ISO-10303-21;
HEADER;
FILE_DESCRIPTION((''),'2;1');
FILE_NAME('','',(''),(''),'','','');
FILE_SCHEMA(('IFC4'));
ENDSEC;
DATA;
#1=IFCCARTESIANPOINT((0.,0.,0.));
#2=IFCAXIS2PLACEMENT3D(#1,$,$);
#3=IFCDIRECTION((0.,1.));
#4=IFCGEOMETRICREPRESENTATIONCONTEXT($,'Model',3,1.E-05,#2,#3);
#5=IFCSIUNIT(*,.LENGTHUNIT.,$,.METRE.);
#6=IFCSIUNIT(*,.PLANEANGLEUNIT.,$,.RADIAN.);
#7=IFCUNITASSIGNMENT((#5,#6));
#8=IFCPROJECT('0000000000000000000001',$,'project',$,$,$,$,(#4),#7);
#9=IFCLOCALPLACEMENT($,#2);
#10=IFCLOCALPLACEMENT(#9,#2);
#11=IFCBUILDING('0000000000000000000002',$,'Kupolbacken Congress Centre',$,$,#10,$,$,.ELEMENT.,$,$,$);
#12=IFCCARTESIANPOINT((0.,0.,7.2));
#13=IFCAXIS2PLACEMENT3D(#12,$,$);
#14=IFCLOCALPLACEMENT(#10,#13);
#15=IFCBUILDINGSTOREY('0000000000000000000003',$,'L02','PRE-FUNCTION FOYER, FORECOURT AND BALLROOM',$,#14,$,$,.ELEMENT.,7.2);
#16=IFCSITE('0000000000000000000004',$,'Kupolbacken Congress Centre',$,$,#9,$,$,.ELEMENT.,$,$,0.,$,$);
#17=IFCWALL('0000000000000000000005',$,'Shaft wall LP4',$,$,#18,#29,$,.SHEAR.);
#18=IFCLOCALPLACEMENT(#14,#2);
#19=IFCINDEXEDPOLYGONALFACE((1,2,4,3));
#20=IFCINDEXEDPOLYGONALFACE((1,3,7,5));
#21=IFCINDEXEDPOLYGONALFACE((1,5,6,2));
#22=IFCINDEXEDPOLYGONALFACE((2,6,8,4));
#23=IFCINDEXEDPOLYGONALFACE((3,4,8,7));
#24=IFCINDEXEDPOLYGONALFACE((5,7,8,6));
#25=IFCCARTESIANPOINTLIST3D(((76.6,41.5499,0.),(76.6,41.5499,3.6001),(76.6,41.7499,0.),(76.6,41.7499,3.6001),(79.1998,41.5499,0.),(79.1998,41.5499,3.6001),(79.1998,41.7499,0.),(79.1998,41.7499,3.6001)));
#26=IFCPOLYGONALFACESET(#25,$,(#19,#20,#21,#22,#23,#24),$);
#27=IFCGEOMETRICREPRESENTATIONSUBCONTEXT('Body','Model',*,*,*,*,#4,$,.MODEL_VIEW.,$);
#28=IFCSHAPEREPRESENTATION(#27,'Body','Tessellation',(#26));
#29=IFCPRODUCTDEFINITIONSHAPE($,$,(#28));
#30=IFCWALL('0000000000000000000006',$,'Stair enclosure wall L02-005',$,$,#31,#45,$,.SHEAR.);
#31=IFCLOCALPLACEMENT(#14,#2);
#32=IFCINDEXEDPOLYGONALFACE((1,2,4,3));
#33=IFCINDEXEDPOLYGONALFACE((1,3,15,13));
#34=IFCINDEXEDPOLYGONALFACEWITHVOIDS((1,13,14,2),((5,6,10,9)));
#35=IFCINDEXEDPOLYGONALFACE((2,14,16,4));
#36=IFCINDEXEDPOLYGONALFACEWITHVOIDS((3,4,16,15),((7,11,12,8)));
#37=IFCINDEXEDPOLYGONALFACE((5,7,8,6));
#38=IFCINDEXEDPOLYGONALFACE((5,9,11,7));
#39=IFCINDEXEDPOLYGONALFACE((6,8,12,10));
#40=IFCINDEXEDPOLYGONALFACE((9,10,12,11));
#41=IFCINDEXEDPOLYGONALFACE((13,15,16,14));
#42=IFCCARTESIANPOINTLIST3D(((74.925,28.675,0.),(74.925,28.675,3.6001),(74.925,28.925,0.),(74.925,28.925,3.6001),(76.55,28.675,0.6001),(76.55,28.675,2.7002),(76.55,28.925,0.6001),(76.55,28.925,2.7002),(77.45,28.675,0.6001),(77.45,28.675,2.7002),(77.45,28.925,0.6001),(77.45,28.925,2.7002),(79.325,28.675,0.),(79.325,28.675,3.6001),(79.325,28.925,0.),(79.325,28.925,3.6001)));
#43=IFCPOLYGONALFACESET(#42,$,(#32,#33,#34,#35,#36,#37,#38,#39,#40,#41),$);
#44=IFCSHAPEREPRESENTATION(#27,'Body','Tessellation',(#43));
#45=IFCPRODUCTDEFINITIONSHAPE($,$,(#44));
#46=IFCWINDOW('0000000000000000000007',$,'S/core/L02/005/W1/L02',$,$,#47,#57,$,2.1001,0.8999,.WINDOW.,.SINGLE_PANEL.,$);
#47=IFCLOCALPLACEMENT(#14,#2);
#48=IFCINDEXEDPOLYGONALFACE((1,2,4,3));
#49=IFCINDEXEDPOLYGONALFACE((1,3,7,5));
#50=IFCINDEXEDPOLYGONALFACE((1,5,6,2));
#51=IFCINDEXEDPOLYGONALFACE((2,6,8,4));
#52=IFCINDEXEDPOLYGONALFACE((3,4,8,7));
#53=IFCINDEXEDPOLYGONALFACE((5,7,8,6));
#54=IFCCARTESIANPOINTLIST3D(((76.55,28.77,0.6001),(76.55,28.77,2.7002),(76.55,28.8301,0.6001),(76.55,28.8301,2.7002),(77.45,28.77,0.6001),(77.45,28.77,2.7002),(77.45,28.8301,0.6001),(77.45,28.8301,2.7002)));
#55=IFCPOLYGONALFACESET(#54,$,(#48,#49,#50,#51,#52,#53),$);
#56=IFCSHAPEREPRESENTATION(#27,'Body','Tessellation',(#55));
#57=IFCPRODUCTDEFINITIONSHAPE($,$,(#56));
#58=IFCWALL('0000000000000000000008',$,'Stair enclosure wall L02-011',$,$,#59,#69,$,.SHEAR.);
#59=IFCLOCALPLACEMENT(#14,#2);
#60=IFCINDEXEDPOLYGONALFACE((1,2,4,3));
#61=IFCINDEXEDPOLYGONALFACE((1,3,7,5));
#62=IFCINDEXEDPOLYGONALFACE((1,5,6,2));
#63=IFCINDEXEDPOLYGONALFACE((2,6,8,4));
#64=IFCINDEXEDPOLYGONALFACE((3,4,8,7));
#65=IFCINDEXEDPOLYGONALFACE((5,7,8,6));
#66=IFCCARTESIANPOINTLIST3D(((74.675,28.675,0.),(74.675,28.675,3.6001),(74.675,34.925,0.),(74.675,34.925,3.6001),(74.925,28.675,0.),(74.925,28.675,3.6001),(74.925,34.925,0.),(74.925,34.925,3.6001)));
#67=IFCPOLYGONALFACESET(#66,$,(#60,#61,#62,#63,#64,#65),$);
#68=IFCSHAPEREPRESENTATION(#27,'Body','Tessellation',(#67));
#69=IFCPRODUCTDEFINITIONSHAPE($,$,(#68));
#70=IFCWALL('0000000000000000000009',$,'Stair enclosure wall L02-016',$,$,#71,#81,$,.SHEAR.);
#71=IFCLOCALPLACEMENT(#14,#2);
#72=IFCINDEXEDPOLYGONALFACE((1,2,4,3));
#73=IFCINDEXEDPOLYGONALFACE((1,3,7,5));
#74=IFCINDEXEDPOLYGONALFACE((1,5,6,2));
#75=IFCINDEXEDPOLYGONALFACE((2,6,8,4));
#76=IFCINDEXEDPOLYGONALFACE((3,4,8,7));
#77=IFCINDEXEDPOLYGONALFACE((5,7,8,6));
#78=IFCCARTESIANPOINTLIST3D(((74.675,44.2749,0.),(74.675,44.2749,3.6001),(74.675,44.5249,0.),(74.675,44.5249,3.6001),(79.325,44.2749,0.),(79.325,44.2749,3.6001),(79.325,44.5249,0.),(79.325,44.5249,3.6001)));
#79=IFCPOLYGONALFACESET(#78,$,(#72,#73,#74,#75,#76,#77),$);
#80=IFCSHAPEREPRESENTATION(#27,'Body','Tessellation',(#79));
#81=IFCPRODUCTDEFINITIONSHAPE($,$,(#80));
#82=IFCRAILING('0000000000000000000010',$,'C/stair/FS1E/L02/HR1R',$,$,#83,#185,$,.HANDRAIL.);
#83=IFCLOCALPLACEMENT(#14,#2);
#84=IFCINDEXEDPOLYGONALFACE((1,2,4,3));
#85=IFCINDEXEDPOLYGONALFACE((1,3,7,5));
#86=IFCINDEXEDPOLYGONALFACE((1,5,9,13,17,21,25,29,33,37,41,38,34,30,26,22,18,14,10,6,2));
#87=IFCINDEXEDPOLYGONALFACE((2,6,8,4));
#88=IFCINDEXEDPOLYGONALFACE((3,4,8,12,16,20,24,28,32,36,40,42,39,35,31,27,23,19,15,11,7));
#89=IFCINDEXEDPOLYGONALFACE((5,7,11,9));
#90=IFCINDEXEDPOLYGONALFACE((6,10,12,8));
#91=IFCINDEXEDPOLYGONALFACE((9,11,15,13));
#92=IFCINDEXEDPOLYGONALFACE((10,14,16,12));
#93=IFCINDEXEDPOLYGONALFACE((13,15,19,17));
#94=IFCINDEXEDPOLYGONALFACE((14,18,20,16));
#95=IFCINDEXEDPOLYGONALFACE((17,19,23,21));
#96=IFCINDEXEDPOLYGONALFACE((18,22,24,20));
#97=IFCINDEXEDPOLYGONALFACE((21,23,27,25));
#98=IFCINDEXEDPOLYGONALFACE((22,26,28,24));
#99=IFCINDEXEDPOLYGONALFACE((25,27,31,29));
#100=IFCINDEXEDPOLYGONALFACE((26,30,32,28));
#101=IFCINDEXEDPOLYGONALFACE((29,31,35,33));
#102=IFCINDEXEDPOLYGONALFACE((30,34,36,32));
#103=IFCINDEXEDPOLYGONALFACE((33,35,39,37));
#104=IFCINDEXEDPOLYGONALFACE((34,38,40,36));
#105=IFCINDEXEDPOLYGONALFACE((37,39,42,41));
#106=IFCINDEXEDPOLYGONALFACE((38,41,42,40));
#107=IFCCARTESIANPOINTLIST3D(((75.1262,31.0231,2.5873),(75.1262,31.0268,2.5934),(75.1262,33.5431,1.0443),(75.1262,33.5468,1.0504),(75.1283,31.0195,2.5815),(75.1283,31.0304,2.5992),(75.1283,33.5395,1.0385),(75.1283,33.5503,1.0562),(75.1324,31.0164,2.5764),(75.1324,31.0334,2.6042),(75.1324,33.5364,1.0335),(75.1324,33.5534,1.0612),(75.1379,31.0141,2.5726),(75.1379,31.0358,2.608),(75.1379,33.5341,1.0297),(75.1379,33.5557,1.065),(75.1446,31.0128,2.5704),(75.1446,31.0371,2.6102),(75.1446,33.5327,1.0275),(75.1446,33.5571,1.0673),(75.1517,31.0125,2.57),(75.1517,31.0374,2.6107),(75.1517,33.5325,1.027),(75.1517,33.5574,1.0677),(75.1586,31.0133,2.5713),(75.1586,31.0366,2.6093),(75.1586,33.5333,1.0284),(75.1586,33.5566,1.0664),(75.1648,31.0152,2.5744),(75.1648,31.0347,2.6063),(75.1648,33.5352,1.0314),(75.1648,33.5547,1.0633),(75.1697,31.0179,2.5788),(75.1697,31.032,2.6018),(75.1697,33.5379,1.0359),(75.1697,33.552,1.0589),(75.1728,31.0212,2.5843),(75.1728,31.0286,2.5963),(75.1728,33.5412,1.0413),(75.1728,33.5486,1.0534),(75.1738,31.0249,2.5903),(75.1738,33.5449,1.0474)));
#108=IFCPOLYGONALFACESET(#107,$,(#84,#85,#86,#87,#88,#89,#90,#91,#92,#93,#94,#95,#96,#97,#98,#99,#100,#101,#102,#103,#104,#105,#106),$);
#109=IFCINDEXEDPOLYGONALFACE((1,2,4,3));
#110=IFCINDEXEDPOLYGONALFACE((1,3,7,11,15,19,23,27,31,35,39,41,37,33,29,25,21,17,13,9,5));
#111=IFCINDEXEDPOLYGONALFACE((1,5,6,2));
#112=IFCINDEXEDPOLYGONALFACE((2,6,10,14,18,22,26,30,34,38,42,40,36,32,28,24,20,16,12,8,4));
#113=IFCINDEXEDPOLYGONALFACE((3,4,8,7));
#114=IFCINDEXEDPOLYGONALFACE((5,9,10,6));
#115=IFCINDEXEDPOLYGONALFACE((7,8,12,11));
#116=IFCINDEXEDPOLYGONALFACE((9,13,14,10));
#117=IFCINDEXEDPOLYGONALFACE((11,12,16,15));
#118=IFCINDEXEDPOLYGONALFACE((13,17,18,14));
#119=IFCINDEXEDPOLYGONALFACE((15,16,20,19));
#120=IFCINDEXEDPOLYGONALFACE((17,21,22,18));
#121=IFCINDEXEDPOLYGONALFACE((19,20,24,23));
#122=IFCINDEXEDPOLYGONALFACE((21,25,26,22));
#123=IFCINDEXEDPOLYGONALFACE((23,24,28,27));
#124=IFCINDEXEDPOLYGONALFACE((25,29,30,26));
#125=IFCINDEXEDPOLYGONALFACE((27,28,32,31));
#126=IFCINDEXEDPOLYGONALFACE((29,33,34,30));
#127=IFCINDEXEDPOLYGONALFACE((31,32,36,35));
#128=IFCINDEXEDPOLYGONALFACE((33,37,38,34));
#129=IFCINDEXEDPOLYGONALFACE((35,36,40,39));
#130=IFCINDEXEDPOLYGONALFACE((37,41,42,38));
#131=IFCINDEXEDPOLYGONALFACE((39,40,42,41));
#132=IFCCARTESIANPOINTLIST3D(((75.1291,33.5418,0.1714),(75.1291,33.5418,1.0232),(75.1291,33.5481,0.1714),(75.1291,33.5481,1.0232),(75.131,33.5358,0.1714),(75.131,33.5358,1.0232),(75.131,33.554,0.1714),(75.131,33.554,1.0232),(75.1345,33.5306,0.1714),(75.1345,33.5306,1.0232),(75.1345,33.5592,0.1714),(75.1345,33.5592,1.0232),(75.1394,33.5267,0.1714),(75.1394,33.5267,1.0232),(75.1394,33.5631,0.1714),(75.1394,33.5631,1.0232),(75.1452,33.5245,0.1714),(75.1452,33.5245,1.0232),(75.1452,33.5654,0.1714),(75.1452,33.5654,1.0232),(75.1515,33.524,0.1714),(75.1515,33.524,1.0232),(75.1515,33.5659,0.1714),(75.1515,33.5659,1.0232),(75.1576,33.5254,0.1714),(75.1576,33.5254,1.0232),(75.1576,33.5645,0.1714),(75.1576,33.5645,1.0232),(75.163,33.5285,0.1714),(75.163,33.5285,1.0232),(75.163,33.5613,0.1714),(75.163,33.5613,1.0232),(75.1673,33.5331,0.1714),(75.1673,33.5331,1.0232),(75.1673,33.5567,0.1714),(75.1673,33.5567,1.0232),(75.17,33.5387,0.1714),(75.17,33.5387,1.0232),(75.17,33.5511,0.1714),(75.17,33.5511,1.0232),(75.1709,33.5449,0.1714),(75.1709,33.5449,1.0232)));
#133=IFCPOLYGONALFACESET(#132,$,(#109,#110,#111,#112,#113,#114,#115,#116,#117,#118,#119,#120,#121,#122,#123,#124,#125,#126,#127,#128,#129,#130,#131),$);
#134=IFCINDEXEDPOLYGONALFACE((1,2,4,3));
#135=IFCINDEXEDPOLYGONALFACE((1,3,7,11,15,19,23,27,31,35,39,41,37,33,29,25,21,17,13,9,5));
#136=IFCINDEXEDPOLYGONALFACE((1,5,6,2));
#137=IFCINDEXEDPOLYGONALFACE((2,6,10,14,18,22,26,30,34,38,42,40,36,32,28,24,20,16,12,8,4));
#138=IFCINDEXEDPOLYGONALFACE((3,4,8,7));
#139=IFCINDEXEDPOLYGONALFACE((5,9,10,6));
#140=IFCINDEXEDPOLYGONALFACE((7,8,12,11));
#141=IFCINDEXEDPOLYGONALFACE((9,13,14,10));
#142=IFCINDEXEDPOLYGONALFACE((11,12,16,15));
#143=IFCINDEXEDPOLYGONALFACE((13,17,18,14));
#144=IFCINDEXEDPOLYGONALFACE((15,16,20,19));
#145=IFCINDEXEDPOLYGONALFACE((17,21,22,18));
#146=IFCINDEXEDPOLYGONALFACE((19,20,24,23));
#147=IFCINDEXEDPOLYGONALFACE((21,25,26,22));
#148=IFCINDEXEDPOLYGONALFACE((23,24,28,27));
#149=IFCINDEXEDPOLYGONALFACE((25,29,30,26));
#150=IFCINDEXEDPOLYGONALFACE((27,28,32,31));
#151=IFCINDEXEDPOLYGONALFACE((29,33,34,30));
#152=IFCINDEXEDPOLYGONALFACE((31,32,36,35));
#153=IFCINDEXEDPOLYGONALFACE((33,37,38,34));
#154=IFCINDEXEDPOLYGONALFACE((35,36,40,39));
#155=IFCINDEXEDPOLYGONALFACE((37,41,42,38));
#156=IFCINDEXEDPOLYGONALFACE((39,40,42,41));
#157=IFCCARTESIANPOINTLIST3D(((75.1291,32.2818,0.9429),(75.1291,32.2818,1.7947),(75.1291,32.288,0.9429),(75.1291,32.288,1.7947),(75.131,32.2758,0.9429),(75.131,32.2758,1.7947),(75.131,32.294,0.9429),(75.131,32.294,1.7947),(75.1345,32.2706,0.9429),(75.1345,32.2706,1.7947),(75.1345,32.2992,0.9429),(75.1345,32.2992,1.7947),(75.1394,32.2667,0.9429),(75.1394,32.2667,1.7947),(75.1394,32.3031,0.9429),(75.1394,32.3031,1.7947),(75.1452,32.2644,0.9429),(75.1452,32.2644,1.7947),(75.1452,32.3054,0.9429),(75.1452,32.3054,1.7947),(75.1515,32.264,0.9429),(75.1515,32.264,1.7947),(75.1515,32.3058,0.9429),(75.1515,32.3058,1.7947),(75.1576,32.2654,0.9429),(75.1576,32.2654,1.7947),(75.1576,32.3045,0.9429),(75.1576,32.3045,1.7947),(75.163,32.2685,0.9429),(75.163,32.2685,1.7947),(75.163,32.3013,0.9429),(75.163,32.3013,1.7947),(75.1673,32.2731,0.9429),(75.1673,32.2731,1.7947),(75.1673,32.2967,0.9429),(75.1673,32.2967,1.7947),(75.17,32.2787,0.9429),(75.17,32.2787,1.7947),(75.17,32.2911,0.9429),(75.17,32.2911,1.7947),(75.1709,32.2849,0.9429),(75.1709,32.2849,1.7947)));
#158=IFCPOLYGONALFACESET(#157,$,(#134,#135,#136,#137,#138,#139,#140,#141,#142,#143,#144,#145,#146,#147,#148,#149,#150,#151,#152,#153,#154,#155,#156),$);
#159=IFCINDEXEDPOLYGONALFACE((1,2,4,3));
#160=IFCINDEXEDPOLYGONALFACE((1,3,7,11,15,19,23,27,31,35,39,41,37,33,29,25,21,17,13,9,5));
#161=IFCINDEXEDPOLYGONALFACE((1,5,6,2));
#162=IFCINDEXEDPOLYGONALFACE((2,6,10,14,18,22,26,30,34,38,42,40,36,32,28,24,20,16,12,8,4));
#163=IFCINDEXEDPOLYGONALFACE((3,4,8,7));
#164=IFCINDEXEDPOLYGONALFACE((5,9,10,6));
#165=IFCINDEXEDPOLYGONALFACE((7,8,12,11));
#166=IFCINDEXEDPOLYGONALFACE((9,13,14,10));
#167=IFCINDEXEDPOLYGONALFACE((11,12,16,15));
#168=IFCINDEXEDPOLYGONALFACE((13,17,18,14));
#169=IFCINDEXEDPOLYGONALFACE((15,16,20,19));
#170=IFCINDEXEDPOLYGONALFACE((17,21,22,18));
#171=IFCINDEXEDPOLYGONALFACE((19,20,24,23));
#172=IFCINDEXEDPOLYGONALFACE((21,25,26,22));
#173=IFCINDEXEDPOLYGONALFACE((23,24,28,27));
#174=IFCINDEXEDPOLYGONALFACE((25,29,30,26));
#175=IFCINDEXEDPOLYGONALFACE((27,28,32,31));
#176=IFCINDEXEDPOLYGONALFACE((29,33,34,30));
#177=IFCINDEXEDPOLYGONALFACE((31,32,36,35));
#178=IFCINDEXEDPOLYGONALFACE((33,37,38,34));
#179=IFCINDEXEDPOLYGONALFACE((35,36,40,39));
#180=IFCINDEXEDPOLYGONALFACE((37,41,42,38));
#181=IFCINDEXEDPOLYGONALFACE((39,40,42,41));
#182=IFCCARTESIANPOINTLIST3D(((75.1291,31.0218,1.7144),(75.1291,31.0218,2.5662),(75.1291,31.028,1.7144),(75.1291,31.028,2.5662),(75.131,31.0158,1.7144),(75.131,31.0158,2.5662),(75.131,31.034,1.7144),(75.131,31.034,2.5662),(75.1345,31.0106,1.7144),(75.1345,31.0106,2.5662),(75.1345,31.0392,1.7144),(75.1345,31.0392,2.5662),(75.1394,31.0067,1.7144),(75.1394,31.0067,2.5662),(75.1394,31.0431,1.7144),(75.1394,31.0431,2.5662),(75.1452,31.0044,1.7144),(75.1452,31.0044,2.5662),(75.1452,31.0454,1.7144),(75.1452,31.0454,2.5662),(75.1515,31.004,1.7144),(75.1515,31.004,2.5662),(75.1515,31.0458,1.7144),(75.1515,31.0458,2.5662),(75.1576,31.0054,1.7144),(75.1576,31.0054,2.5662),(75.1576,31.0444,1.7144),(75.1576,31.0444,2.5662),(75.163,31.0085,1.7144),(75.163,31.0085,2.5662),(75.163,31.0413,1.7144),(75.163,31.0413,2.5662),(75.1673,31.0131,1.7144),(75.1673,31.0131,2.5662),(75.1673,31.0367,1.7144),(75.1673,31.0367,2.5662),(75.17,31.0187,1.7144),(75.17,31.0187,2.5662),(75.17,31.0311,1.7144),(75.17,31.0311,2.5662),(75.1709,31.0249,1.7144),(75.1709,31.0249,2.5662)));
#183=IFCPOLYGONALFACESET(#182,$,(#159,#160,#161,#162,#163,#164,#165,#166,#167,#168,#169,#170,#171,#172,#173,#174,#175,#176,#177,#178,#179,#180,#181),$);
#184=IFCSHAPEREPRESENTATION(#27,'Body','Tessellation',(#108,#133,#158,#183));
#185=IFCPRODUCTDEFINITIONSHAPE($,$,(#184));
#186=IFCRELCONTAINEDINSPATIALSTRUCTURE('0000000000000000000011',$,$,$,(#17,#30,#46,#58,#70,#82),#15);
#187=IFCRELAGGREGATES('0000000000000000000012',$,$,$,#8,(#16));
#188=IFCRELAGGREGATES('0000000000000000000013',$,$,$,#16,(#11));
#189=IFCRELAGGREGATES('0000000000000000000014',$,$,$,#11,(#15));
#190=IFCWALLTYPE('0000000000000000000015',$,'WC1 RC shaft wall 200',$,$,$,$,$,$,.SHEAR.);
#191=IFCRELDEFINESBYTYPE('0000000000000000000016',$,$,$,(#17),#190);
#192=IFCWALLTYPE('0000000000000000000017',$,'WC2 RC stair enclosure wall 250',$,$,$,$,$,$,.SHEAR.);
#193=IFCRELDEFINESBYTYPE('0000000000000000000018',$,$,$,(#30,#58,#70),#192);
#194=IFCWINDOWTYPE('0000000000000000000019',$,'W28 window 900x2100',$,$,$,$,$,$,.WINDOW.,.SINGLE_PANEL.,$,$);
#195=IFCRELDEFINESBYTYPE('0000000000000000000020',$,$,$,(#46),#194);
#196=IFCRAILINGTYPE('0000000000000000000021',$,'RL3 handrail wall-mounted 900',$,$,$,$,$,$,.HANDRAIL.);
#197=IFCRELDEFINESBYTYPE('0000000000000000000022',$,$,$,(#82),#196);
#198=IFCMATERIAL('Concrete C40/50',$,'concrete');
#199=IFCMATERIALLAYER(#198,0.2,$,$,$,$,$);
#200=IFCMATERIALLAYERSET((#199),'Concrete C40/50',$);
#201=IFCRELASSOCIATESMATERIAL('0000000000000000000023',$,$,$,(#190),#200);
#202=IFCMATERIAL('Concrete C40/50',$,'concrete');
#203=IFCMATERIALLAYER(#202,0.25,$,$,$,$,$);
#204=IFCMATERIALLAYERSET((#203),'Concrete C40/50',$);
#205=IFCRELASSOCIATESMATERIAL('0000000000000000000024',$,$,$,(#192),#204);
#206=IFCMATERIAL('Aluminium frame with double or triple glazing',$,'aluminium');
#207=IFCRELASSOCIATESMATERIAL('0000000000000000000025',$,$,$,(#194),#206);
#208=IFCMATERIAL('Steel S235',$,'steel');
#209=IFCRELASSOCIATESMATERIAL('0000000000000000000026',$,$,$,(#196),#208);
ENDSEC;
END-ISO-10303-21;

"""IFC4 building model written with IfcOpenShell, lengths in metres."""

from ifc_helpers import new_model, si_unit, direction, frame, frame_2d, origin, origin_2d, place, context, subcontext, project, spatial, rectangle, circle, extrude, material, layer, layer_set, type_object, element, fill, save


model = new_model("IFC4")

# Units and contexts
model_context = context("Model", 3, precision=1e-05, world=origin(), true_north=direction((0.0, 1.0)))
body_context = subcontext(model_context, "Body", "Model", "MODEL_VIEW")
ifc_project = project(units=[si_unit("LENGTHUNIT", "METRE"), si_unit("PLANEANGLEUNIT", "RADIAN")], contexts=[model_context])

# Site, building, storey
site_placement = place(None, origin())
site = spatial("IfcSite", under=ifc_project, at=site_placement, Name="Kupolbacken Congress Centre", CompositionType="ELEMENT", RefElevation=0.0)
building_placement = place(site_placement, origin())
building = spatial("IfcBuilding", under=site, at=building_placement, Name="Kupolbacken Congress Centre", CompositionType="ELEMENT")
storey_placement = place(building_placement, frame((0.0, 0.0, 7.2)))
storey = spatial("IfcBuildingStorey", under=building, at=storey_placement, Name="L02", Description="PRE-FUNCTION FOYER, FORECOURT AND BALLROOM", CompositionType="ELEMENT", Elevation=7.2)

# Shared definitions
ifc_material_1 = material(Name="Concrete C40/50", Category="concrete")
ifc_layer_1 = layer(ifc_material_1, 0.2)
ifc_layer_set_1 = layer_set([ifc_layer_1], Name="Concrete C40/50")
wall_type_1 = type_object("IfcWallType", Name="WC1 RC shaft wall 200", PredefinedType="SHEAR", material=ifc_layer_set_1)

# Wall
for number, where, z_axis, x_axis, name in (
    (1, (76.6001, 41.6499, 0.0), (0.0, 0.0, 1.0), (1.0, 0.0, 0.0), "Shaft wall LP4"),
):
    element("IfcWall", number, at=place(storey_placement, frame(where, z_axis=z_axis, x_axis=x_axis)), inside=storey, type_object=wall_type_1, Name=name, PredefinedType="SHEAR", context=body_context, shape_type="SweptSolid", body=[
        extrude(rectangle(XDim=2.5999, YDim=0.2, at=frame_2d((1.2998, 0.0))), origin(), (0.0, 0.0, 1.0), 3.6001),
    ])

# Wall, opening, window
ifc_material_2 = material(Name="Concrete C40/50", Category="concrete")
ifc_layer_2 = layer(ifc_material_2, 0.25)
ifc_layer_set_2 = layer_set([ifc_layer_2], Name="Concrete C40/50")
wall_type_2 = type_object("IfcWallType", Name="WC2 RC stair enclosure wall 250", PredefinedType="SHEAR", material=ifc_layer_set_2)
wall_1_placement = place(storey_placement, frame((74.925, 28.8, 0.0), z_axis=(0.0, 0.0, 1.0), x_axis=(1.0, 0.0, 0.0)))
wall_1 = element("IfcWall", 2, at=wall_1_placement, inside=storey, type_object=wall_type_2, Name="Stair enclosure wall L02-005", PredefinedType="SHEAR", context=body_context, shape_type="SweptSolid", body=[
    extrude(rectangle(XDim=4.3999, YDim=0.25, at=frame_2d((2.2, 0.0))), origin(), (0.0, 0.0, 1.0), 3.6001),
])
opening_1_placement = place(wall_1_placement, frame((1.625, 0.0, 0.6001)))
opening_1 = element("IfcOpeningElement", 3, at=opening_1_placement, cuts=wall_1, PredefinedType="OPENING", context=body_context, shape_type="SweptSolid", body=[
    extrude(rectangle(XDim=0.8999, YDim=2.1001, at=frame_2d((0.45, 1.05))), frame((0.0, 0.135, 0.0), z_axis=(0.0, -1.0, 0.0), x_axis=(1.0, 0.0, 0.0)), (0.0, 0.0, 1.0), 0.27),
])
ifc_material_3 = material(Name="Aluminium frame with double or triple glazing", Category="aluminium")
window_type = type_object("IfcWindowType", Name="W28 window 900x2100", PartitioningType="SINGLE_PANEL", PredefinedType="WINDOW", material=ifc_material_3)
window_placement = place(opening_1_placement, origin())
window = element("IfcWindow", 4, at=window_placement, inside=storey, type_object=window_type, Name="S/core/L02/005/W1/L02", OverallHeight=2.1001, OverallWidth=0.8999, PartitioningType="SINGLE_PANEL", PredefinedType="WINDOW", context=body_context, shape_type="SweptSolid", body=[
    extrude(rectangle(XDim=0.8999, YDim=2.1001, at=frame_2d((0.45, 1.05))), frame((0.0, 0.03, 0.0), z_axis=(0.0, -1.0, 0.0), x_axis=(1.0, 0.0, 0.0)), (0.0, 0.0, 1.0), 0.0601),
])
fill(opening_1, window)

# Walls
wall_2_placement = place(storey_placement, frame((74.8, 34.925, 0.0), z_axis=(0.0, 0.0, 1.0), x_axis=(0.0, -1.0, 0.0)))
element("IfcWall", 5, at=wall_2_placement, inside=storey, type_object=wall_type_2, Name="Stair enclosure wall L02-011", PredefinedType="SHEAR", context=body_context, shape_type="SweptSolid", body=[
    extrude(rectangle(XDim=6.25, YDim=0.25, at=frame_2d((3.125, 0.0))), origin(), (0.0, 0.0, 1.0), 3.6001),
])
wall_3_placement = place(storey_placement, frame((74.675, 44.3999, 0.0), z_axis=(0.0, 0.0, 1.0), x_axis=(1.0, 0.0, 0.0)))
element("IfcWall", 6, at=wall_3_placement, inside=storey, type_object=wall_type_2, Name="Stair enclosure wall L02-016", PredefinedType="SHEAR", context=body_context, shape_type="SweptSolid", body=[
    extrude(rectangle(XDim=4.6499, YDim=0.25, at=frame_2d((2.325, 0.0))), origin(), (0.0, 0.0, 1.0), 3.6001),
])

# Railing
ifc_material_4 = material(Name="Steel S235", Category="steel")
railing_type = type_object("IfcRailingType", Name="RL3 handrail wall-mounted 900", PredefinedType="HANDRAIL", material=ifc_material_4)
railing_1_placement = place(storey_placement, frame((75.1499, 33.5449, 0.1714)))
element("IfcRailing", 7, at=railing_1_placement, inside=storey, type_object=railing_type, Name="C/stair/FS1E/L02/HR1R", PredefinedType="HANDRAIL", context=body_context, shape_type="SweptSolid", body=[
    extrude(circle(Radius=0.0239, at=origin_2d()), frame((0.0, 0.0, 0.876), z_axis=(0.0, -0.852836, 0.522178), x_axis=(1.0, 0.0, 0.0)), (0.0, 0.0, 1.0), 2.9548),
    extrude(circle(Radius=0.021, at=origin_2d()), origin(), (0.0, 0.0, 1.0), 0.8518),
    extrude(circle(Radius=0.021, at=origin_2d()), frame((0.0, -1.26, 0.7715)), (0.0, 0.0, 1.0), 0.8518),
    extrude(circle(Radius=0.021, at=origin_2d()), frame((0.0, -2.52, 1.543)), (0.0, 0.0, 1.0), 0.8518),
])

save(model, "model.ifc")
